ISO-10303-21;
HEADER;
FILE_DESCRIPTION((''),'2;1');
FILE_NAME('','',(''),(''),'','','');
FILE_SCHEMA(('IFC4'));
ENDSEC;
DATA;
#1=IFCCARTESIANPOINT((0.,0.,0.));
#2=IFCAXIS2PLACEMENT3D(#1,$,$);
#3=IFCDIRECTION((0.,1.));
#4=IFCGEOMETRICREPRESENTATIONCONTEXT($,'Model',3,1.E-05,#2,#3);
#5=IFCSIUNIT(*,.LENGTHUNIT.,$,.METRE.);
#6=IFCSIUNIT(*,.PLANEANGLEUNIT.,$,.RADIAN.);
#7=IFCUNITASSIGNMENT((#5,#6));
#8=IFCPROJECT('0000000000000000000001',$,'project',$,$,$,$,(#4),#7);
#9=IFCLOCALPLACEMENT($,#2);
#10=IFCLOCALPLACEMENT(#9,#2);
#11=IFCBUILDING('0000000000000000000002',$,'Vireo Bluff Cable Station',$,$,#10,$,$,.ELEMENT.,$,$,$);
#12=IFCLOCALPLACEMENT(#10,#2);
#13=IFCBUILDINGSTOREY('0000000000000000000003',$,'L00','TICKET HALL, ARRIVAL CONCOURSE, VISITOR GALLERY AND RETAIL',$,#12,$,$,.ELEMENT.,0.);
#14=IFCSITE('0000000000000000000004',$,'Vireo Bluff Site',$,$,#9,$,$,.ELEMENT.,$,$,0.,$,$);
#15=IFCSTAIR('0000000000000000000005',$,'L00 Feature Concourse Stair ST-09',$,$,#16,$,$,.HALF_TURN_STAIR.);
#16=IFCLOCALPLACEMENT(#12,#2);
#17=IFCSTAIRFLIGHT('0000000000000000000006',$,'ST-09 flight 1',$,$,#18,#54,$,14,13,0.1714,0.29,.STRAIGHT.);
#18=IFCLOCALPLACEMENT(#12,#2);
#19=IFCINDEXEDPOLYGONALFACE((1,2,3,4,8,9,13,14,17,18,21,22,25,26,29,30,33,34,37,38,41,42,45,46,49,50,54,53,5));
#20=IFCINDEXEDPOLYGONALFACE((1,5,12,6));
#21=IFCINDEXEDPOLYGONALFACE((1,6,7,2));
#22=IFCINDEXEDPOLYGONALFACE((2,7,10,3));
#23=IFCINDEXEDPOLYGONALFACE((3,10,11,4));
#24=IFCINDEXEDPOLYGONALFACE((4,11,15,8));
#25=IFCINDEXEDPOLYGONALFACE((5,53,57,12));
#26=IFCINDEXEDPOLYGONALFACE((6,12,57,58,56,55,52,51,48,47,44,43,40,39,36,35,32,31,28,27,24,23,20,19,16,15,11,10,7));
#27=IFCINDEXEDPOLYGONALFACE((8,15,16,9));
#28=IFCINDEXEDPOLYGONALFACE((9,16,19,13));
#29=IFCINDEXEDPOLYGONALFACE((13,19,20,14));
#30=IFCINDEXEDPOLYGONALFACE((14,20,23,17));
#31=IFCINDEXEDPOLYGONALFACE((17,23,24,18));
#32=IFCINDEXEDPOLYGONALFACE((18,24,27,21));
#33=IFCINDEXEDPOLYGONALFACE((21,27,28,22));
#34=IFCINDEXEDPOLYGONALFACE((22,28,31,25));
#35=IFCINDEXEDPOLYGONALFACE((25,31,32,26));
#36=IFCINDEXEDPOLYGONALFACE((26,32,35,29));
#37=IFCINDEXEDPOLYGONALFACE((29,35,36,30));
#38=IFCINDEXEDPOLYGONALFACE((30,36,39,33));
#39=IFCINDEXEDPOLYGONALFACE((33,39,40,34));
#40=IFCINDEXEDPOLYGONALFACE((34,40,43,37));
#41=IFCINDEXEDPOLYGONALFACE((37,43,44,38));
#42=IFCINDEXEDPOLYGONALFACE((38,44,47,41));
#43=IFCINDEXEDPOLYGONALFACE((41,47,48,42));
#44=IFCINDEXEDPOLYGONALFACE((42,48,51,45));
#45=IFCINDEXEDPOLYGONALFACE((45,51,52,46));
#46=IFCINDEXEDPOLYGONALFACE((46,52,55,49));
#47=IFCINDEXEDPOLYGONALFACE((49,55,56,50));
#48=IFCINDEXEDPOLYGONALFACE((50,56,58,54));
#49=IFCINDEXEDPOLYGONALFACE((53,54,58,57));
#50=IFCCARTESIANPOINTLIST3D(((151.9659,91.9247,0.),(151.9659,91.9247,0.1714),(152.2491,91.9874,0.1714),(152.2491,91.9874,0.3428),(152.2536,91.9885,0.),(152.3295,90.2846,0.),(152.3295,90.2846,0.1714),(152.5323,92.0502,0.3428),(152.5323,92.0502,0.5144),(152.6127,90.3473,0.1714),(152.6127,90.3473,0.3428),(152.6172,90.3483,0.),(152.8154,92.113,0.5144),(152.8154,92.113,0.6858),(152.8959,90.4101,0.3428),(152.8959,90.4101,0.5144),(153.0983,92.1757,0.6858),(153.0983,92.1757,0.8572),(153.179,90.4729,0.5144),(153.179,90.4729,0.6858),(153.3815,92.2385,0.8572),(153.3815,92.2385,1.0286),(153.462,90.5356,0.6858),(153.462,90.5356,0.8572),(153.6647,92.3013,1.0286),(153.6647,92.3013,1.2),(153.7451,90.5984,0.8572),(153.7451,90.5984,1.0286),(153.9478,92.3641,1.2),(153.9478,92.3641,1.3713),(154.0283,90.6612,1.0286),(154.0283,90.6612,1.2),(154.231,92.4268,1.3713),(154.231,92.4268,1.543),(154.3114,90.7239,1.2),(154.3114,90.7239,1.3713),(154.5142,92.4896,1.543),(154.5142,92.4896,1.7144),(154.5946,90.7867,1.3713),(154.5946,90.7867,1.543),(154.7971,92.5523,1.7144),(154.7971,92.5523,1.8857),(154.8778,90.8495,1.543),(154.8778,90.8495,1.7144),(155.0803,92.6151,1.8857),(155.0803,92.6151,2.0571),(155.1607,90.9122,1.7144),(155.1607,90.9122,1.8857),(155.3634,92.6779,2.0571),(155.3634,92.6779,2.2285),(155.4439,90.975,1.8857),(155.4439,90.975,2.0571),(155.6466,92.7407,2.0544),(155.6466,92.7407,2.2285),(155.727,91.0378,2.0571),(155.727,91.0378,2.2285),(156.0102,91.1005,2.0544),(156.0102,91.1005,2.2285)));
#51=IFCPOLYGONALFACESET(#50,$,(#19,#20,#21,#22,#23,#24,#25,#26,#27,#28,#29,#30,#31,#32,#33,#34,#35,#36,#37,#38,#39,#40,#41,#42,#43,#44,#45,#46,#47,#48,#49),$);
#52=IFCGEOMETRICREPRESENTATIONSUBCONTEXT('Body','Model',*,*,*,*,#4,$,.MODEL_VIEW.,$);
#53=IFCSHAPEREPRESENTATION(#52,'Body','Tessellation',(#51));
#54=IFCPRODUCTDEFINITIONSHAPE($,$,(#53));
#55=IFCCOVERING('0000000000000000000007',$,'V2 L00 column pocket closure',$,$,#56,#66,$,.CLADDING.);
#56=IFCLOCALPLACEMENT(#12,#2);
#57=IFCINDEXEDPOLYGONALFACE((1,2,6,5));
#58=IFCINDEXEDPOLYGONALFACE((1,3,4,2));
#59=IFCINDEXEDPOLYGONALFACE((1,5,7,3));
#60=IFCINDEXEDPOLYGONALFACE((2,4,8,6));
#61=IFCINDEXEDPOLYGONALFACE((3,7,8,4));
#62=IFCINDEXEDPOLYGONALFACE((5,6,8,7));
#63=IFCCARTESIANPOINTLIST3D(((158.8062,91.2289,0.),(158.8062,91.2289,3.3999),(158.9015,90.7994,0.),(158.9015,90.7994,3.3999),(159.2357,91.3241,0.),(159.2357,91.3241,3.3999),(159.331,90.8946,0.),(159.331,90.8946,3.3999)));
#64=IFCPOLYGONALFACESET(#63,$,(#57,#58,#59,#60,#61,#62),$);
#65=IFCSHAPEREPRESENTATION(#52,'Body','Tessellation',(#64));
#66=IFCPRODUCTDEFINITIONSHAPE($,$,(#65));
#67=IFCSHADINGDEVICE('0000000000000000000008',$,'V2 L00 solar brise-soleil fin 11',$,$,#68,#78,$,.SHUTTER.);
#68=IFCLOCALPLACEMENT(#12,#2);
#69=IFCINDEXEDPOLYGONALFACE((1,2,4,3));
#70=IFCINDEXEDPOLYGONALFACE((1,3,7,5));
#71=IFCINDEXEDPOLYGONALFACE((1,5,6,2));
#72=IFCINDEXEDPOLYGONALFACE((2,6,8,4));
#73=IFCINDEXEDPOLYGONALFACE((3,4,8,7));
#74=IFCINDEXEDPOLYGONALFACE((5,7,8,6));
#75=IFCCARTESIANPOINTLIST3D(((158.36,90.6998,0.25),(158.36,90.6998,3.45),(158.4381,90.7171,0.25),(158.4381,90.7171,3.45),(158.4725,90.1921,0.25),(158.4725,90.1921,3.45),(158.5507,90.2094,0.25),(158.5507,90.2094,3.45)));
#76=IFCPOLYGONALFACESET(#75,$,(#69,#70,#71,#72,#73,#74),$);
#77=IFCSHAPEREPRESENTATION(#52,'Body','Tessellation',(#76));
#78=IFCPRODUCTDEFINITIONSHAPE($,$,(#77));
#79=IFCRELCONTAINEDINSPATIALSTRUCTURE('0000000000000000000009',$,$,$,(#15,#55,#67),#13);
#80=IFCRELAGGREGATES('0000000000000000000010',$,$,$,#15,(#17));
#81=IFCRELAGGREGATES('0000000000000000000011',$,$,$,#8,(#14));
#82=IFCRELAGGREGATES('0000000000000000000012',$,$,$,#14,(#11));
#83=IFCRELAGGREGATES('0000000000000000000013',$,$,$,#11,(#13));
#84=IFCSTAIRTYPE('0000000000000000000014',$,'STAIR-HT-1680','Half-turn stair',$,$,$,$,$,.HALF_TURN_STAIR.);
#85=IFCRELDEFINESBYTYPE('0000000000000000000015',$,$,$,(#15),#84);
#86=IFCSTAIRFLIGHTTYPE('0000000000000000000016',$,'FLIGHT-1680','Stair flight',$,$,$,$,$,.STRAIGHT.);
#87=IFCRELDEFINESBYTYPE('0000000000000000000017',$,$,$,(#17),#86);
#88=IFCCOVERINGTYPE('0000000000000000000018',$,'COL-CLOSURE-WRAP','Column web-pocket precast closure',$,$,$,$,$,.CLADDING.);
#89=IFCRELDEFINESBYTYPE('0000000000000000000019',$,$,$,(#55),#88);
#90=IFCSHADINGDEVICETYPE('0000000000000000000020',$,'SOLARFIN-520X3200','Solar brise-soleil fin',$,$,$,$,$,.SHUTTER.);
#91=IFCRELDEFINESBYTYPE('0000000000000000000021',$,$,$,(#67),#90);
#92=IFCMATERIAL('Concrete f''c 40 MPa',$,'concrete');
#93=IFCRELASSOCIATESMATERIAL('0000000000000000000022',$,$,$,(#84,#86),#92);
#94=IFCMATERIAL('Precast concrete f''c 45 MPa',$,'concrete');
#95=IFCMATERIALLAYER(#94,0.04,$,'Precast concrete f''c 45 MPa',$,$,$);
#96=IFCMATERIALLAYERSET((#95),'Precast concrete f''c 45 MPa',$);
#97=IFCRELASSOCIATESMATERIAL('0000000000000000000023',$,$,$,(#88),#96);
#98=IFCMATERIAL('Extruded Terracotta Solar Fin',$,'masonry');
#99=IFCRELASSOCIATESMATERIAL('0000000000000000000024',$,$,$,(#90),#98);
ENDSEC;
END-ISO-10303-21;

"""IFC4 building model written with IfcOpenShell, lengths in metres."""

from ifc_helpers import new_model, si_unit, direction, frame, origin, origin_2d, place, context, subcontext, project, spatial, polyline, rectangle, outline, extrude, material, layer, layer_set, type_object, element, aggregate, save


model = new_model("IFC4")

# Units and contexts
model_context = context("Model", 3, precision=1e-05, world=origin(), true_north=direction((0.0, 1.0)))
body_context = subcontext(model_context, "Body", "Model", "MODEL_VIEW")
ifc_project = project(units=[si_unit("LENGTHUNIT", "METRE"), si_unit("PLANEANGLEUNIT", "RADIAN")], contexts=[model_context])

# Site, building, storey
site_placement = place(None, origin())
site = spatial("IfcSite", under=ifc_project, at=site_placement, Name="Vireo Bluff Site", CompositionType="ELEMENT", RefElevation=0.0)
building_placement = place(site_placement, origin())
building = spatial("IfcBuilding", under=site, at=building_placement, Name="Vireo Bluff Cable Station", CompositionType="ELEMENT")
storey_placement = place(building_placement, origin())
storey = spatial("IfcBuildingStorey", under=building, at=storey_placement, Name="L00", Description="TICKET HALL, ARRIVAL CONCOURSE, VISITOR GALLERY AND RETAIL", CompositionType="ELEMENT", Elevation=0.0)

# Shared definitions
ifc_material_1 = material(Name="Concrete f'c 40 MPa", Category="concrete")

# Shared definitions
ifc_material_2 = material(Name="Precast concrete f'c 45 MPa", Category="concrete")

# Stair, stair flight
stair_type = type_object("IfcStairType", Name="STAIR-HT-1680", Description="Half-turn stair", PredefinedType="HALF_TURN_STAIR", material=ifc_material_1)
stair_placement = place(storey_placement, origin())
stair = element("IfcStair", 1, at=stair_placement, inside=storey, type_object=stair_type, Name="L00 Feature Concourse Stair ST-09", PredefinedType="HALF_TURN_STAIR")
stair_flight_type = type_object("IfcStairFlightType", Name="FLIGHT-1680", Description="Stair flight", PredefinedType="STRAIGHT", material=ifc_material_1)
stair_flight_placement = place(storey_placement, frame((152.1477, 91.1047, 0.0), z_axis=(0.0, 0.0, 1.0), x_axis=(0.976296, 0.21644, 0.0)))
stair_flight = element("IfcStairFlight", 2, at=stair_flight_placement, type_object=stair_flight_type, Name="ST-09 flight 1", NumberOfRisers=14, NumberOfTreads=13, PredefinedType="STRAIGHT", RiserHeight=0.1714, TreadLength=0.29, context=body_context, shape_type="SweptSolid", body=[
    extrude(outline(polyline([(0.0, 0.0), (0.0, 0.1714), (0.29, 0.1714), (0.29, 0.3428), (0.5801, 0.3428), (0.5801, 0.5144), (0.8701, 0.5144), (0.8701, 0.6858), (1.1599, 0.6858), (1.1599, 0.8572), (1.45, 0.8572), (1.45, 1.0286), (1.74, 1.0286), (1.74, 1.2), (2.03, 1.2), (2.03, 1.3713), (2.3201, 1.3713), (2.3201, 1.543), (2.6101, 1.543), (2.6101, 1.7144), (2.8999, 1.7144), (2.8999, 1.8857), (3.1899, 1.8857), (3.1899, 2.0571), (3.48, 2.0571), (3.48, 2.2285), (3.77, 2.2285), (3.77, 2.3999), (3.77, 2.0544), (0.2947, 0.0), (0.0, 0.0)])), frame((0.0, 0.8398, 0.0), z_axis=(0.0, -1.0, 0.0), x_axis=(1.0, 0.0, 0.0)), (0.0, 0.0, 1.0), 1.6799),
])
aggregate(stair, [stair_flight])

# Covering
ifc_layer_1 = layer(ifc_material_2, 0.04, Name="Precast concrete f'c 45 MPa")
ifc_layer_set_1 = layer_set([ifc_layer_1], Name="Precast concrete f'c 45 MPa")
covering_type = type_object("IfcCoveringType", Name="COL-CLOSURE-WRAP", Description="Column web-pocket precast closure", PredefinedType="CLADDING", material=ifc_layer_set_1)
covering_placement = place(storey_placement, frame((159.0686, 91.0618, 0.0), z_axis=(0.0, 0.0, 1.0), x_axis=(0.976296, 0.21644, 0.0)))
element("IfcCovering", 3, at=covering_placement, inside=storey, type_object=covering_type, Name="V2 L00 column pocket closure", PredefinedType="CLADDING", context=body_context, shape_type="SweptSolid", body=[
    extrude(rectangle(XDim=0.4399, YDim=0.4399, at=origin_2d()), origin(), (0.0, 0.0, 1.0), 3.3999),
])

# Shading device
ifc_material_3 = material(Name="Extruded Terracotta Solar Fin", Category="masonry")
shading_device_type = type_object("IfcShadingDeviceType", Name="SOLARFIN-520X3200", Description="Solar brise-soleil fin", PredefinedType="SHUTTER", material=ifc_material_3)
shading_device_placement = place(storey_placement, frame((158.4553, 90.4546, 0.25), z_axis=(0.0, 0.0, 1.0), x_axis=(-0.976296, -0.21644, 0.0)))
element("IfcShadingDevice", 4, at=shading_device_placement, inside=storey, type_object=shading_device_type, Name="V2 L00 solar brise-soleil fin 11", PredefinedType="SHUTTER", context=body_context, shape_type="SweptSolid", body=[
    extrude(rectangle(XDim=0.0801, YDim=0.52, at=origin_2d()), origin(), (0.0, 0.0, 1.0), 3.2),
])

save(model, "model.ifc")
